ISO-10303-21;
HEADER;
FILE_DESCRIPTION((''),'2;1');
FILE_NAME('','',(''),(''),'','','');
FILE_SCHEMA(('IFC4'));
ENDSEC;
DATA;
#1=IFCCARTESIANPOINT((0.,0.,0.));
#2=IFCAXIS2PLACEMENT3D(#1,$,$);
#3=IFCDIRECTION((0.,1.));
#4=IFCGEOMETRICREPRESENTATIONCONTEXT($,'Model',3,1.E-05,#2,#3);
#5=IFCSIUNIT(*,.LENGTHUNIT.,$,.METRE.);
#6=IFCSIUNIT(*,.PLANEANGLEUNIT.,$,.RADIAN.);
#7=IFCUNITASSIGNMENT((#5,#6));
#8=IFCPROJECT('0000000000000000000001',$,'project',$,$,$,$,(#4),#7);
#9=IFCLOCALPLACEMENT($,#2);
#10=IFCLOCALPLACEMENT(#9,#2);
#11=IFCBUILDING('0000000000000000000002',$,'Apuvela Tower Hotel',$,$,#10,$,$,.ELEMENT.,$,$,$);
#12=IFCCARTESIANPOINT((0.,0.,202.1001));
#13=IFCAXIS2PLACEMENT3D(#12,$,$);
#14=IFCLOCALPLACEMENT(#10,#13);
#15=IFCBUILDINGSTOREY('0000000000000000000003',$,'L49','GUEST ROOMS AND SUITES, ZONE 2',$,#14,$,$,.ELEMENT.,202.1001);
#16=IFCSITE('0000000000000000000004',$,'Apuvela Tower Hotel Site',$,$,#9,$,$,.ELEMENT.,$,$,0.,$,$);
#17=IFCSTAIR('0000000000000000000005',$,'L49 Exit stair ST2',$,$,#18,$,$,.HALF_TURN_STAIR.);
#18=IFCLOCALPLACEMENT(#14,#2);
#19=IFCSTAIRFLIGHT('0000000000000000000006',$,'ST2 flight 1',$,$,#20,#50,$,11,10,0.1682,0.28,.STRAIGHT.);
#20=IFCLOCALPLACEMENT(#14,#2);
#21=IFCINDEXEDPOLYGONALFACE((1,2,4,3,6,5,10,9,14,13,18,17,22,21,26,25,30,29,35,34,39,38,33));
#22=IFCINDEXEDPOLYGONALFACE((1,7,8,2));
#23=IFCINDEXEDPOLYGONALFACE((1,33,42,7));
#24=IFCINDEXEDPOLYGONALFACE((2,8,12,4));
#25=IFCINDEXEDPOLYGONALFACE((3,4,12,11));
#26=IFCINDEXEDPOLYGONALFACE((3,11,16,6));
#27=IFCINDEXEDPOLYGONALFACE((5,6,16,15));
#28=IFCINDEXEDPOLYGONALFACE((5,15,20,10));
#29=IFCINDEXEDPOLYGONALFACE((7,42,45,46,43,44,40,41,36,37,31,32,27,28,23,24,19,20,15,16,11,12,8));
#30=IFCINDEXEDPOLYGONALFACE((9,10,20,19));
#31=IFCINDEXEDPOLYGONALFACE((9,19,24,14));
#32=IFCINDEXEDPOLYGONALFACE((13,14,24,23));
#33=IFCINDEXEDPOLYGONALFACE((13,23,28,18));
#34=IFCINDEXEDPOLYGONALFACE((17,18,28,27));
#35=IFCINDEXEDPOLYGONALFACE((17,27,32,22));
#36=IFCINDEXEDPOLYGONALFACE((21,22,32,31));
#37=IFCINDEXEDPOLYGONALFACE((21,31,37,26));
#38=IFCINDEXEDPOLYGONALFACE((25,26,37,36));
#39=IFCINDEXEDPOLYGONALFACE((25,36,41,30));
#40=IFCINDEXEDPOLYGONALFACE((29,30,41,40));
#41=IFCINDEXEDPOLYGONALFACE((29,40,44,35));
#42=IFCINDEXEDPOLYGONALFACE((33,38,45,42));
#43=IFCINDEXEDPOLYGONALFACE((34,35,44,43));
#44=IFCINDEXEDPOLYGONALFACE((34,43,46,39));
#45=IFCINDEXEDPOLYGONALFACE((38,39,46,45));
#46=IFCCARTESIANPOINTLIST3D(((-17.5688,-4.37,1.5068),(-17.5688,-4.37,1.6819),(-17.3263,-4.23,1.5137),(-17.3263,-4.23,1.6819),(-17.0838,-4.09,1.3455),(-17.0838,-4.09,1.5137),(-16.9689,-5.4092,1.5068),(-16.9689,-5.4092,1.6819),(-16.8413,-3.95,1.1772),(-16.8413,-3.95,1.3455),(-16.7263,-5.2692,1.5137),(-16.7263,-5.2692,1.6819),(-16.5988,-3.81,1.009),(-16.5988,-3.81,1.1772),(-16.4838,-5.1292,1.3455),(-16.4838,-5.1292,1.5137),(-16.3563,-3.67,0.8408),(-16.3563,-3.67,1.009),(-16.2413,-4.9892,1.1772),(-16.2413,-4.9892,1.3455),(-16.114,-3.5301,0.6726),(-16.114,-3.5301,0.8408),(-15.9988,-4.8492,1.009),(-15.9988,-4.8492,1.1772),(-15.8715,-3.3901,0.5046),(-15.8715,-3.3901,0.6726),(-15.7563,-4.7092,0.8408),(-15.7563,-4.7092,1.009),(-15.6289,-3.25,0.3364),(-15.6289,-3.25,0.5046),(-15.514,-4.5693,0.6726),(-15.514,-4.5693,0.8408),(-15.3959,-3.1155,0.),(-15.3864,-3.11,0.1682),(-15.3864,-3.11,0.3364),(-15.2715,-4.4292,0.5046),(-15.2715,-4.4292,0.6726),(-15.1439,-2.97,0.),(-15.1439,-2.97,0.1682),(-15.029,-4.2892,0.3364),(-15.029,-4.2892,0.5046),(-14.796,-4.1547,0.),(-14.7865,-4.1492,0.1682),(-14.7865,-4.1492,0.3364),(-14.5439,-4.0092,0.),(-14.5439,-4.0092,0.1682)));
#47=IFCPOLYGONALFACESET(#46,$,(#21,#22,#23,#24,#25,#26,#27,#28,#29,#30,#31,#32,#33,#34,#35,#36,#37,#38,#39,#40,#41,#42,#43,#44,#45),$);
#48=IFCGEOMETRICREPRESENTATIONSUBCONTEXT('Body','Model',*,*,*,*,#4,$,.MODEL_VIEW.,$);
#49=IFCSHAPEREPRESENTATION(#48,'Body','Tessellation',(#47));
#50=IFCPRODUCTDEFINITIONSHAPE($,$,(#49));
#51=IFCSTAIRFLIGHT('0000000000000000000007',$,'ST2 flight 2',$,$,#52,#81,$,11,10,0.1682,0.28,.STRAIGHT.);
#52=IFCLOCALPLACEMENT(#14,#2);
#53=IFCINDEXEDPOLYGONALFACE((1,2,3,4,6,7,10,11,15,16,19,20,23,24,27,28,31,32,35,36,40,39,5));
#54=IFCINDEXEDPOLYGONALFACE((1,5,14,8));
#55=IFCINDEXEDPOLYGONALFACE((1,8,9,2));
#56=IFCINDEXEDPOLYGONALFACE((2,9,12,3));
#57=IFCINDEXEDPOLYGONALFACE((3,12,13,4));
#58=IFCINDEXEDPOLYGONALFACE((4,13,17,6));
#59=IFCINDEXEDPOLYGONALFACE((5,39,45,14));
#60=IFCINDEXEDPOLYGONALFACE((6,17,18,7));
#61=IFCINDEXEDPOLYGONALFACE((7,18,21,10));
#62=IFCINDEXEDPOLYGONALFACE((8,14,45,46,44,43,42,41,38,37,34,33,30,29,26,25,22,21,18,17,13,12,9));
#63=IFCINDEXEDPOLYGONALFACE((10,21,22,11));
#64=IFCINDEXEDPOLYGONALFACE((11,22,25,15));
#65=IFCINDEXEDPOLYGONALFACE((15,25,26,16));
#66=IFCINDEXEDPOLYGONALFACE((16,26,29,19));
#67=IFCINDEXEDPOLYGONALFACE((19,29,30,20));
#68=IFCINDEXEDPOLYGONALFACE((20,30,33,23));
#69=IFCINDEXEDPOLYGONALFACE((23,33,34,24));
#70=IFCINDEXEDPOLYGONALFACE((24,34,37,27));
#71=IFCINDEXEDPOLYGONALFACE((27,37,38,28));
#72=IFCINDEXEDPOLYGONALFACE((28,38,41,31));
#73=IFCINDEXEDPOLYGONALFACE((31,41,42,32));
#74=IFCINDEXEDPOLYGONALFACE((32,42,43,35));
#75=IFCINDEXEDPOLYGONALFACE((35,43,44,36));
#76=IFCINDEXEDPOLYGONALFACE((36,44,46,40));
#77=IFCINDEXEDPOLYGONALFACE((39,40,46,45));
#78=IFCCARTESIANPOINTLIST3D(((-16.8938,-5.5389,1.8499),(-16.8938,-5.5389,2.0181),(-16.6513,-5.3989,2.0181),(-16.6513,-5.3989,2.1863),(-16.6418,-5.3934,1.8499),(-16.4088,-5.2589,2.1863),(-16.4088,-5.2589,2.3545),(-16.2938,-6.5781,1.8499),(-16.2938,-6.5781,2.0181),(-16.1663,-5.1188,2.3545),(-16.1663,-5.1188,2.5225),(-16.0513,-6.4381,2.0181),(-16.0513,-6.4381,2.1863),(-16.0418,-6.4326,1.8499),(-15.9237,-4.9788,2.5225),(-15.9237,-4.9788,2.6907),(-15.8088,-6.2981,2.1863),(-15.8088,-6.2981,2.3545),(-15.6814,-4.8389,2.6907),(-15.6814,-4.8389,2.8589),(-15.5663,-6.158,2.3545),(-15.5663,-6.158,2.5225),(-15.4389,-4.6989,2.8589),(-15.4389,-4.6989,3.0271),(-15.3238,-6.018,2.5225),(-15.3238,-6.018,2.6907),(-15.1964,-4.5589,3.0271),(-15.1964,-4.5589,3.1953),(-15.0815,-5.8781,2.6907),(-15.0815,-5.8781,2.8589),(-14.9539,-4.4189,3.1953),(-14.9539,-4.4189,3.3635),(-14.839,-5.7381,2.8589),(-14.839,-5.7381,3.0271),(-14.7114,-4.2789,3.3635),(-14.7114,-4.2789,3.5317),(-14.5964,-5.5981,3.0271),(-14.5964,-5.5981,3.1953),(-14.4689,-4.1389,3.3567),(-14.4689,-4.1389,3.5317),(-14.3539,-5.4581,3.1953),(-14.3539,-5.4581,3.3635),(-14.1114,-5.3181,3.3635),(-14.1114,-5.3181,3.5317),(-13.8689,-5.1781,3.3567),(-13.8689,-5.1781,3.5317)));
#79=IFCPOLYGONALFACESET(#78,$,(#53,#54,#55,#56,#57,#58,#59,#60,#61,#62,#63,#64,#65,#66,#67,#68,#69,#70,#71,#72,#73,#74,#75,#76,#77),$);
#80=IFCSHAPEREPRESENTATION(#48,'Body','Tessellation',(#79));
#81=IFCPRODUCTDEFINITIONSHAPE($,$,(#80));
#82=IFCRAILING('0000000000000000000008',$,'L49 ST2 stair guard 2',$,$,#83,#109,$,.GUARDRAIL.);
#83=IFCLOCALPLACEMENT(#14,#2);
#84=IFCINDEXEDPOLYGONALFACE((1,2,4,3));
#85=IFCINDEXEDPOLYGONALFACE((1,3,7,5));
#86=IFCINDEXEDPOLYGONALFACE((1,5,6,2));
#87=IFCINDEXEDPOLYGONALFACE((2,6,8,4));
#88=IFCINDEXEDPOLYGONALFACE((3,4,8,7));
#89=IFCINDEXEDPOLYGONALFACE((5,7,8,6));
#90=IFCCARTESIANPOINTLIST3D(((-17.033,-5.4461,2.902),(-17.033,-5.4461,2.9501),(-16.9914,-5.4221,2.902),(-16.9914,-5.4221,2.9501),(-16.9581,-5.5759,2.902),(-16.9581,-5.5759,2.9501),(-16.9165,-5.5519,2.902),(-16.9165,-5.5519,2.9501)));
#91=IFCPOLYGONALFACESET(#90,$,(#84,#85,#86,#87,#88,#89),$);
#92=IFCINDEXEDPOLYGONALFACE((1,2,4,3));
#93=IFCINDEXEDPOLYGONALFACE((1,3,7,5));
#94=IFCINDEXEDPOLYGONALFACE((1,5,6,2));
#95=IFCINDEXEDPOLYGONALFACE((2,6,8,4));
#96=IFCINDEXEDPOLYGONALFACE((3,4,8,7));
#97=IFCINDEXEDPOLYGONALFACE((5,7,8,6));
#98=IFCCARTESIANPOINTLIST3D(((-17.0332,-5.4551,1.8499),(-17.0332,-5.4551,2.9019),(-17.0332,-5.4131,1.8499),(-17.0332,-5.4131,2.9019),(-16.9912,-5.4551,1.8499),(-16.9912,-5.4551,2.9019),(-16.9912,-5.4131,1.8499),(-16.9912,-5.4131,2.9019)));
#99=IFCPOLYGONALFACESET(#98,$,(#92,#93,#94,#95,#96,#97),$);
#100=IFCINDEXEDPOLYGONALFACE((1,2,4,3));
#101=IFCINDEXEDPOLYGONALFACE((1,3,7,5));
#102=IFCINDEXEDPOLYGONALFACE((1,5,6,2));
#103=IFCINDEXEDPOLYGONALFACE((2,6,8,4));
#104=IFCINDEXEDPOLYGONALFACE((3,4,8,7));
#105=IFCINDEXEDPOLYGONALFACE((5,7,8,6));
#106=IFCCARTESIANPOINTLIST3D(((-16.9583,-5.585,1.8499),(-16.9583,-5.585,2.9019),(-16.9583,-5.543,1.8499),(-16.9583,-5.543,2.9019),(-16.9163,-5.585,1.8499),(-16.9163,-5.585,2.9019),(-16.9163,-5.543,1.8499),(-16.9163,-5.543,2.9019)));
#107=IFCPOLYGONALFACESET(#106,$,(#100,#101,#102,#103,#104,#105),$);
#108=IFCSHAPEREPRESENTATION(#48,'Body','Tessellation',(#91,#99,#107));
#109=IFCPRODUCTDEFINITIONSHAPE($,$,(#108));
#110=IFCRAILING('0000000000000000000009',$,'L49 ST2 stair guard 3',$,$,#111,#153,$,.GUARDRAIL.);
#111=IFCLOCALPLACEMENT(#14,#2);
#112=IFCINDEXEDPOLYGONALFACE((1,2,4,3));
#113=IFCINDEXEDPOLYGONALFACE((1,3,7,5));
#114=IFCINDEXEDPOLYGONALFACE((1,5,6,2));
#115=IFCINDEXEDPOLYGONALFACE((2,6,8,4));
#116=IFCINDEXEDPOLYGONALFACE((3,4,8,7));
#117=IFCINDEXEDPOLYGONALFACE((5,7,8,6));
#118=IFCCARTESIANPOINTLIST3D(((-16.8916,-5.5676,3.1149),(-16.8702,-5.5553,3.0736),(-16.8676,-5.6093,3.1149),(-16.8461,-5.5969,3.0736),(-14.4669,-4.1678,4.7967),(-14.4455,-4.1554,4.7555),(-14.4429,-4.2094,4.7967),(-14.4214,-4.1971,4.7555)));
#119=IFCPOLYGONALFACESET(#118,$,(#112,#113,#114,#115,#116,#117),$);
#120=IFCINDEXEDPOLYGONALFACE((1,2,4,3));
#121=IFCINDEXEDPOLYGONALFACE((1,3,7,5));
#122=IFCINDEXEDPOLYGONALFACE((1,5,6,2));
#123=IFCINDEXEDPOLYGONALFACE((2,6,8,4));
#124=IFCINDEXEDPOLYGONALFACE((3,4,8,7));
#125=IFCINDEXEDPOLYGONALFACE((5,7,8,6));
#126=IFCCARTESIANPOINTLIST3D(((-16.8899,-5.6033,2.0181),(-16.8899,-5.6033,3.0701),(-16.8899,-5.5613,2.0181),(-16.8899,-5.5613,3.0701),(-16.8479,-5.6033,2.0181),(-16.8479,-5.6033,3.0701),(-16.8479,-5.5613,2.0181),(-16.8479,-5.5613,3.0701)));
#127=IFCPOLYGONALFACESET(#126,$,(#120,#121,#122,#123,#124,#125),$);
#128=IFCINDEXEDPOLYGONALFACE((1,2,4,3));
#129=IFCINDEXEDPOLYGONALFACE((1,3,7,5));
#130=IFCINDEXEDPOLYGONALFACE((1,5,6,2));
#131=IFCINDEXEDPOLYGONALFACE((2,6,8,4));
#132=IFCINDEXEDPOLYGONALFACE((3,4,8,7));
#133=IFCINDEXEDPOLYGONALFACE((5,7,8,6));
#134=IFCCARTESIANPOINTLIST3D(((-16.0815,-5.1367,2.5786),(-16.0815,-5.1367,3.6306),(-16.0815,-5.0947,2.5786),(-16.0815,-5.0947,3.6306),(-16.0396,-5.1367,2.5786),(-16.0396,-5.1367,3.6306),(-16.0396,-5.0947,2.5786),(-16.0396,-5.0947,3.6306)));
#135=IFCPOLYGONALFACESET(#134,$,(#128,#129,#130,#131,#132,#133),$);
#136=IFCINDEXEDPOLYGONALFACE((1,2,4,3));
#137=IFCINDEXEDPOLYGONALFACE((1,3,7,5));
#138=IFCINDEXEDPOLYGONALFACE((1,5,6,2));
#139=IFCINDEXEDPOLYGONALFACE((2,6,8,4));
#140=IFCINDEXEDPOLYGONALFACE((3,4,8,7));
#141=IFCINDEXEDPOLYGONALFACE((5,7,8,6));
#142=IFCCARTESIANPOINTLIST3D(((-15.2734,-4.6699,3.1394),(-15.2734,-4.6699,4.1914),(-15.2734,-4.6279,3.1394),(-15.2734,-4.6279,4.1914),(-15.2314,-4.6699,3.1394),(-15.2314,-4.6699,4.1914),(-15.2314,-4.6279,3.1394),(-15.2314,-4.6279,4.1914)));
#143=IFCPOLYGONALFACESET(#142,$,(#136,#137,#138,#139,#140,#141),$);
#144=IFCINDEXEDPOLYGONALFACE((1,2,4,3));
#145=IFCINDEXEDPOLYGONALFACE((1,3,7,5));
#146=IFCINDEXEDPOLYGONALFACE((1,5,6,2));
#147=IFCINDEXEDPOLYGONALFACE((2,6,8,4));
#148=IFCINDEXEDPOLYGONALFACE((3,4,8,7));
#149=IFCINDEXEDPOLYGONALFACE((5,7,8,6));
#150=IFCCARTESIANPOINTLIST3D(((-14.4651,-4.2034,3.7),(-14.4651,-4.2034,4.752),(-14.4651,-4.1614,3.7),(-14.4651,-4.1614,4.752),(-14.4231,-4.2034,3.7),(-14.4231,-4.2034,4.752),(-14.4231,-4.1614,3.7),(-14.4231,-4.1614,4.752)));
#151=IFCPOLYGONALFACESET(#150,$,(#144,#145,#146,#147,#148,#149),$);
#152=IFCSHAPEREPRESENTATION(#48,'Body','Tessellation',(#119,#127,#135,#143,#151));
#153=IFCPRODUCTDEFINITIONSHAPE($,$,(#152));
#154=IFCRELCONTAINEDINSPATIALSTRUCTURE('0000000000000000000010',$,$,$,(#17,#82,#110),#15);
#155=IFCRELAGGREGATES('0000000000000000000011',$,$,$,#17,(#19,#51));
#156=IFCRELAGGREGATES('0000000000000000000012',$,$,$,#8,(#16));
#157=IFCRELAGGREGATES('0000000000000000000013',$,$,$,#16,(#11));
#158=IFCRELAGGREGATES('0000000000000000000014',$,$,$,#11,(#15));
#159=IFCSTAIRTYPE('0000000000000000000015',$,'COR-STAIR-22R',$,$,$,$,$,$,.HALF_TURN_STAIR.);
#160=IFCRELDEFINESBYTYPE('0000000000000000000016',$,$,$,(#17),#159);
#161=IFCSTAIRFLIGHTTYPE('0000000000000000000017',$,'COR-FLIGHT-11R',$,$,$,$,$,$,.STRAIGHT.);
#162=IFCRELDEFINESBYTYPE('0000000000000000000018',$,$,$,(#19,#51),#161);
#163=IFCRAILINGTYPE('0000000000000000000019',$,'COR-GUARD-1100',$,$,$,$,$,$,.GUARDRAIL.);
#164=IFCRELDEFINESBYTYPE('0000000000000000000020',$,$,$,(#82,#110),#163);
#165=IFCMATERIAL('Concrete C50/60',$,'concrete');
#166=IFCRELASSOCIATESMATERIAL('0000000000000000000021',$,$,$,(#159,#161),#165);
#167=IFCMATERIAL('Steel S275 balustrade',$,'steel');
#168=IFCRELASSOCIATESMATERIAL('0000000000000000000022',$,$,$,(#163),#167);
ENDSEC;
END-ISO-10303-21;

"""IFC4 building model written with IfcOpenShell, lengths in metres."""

from ifc_helpers import new_model, si_unit, direction, frame, origin, origin_2d, place, context, subcontext, project, spatial, polyline, rectangle, outline, extrude, material, type_object, element, aggregate, save


model = new_model("IFC4")

# Units and contexts
model_context = context("Model", 3, precision=1e-05, world=origin(), true_north=direction((0.0, 1.0)))
body_context = subcontext(model_context, "Body", "Model", "MODEL_VIEW")
ifc_project = project(units=[si_unit("LENGTHUNIT", "METRE"), si_unit("PLANEANGLEUNIT", "RADIAN")], contexts=[model_context])

# Site, building, storey
site_placement = place(None, origin())
site = spatial("IfcSite", under=ifc_project, at=site_placement, Name="Apuvela Tower Hotel Site", CompositionType="ELEMENT", RefElevation=0.0)
building_placement = place(site_placement, origin())
building = spatial("IfcBuilding", under=site, at=building_placement, Name="Apuvela Tower Hotel", CompositionType="ELEMENT")
storey_placement = place(building_placement, frame((0.0, 0.0, 202.1001)))
storey = spatial("IfcBuildingStorey", under=building, at=storey_placement, Name="L49", Description="GUEST ROOMS AND SUITES, ZONE 2", CompositionType="ELEMENT", Elevation=202.1001)

# Shared definitions
ifc_material_1 = material(Name="Concrete C50/60", Category="concrete")

# Stair, stair flights
stair_type = type_object("IfcStairType", Name="COR-STAIR-22R", PredefinedType="HALF_TURN_STAIR", material=ifc_material_1)
stair_placement = place(storey_placement, origin())
stair = element("IfcStair", 1, at=stair_placement, inside=storey, type_object=stair_type, Name="L49 Exit stair ST2", PredefinedType="HALF_TURN_STAIR")
stair_flight_type = type_object("IfcStairFlightType", Name="COR-FLIGHT-11R", PredefinedType="STRAIGHT", material=ifc_material_1)
stair_flight_1_placement = place(storey_placement, frame((-14.844, -3.4895, 0.0), z_axis=(0.0, 0.0, 1.0), x_axis=(-0.866025, -0.5, 0.0)))
stair_flight_1 = element("IfcStairFlight", 2, at=stair_flight_1_placement, type_object=stair_flight_type, Name="ST2 flight 1", NumberOfRisers=11, NumberOfTreads=10, PredefinedType="STRAIGHT", RiserHeight=0.1682, TreadLength=0.28, context=body_context, shape_type="SweptSolid", body=[
    extrude(outline(polyline([(0.0, 0.0), (0.0, 0.1682), (0.28, 0.1682), (0.28, 0.3364), (0.5601, 0.3364), (0.5601, 0.5046), (0.8401, 0.5046), (0.8401, 0.6726), (1.1201, 0.6726), (1.1201, 0.8408), (1.3999, 0.8408), (1.3999, 1.009), (1.6799, 1.009), (1.6799, 1.1772), (1.96, 1.1772), (1.96, 1.3455), (2.24, 1.3455), (2.24, 1.5137), (2.52, 1.5137), (2.52, 1.6819), (2.8, 1.6819), (2.8, 1.8501), (2.8, 1.5068), (0.291, 0.0), (0.0, 0.0)])), frame((0.0, 0.6001, 0.0), z_axis=(0.0, -1.0, 0.0), x_axis=(1.0, 0.0, 0.0)), (0.0, 0.0, 1.0), 1.2),
])
stair_flight_2_placement = place(storey_placement, frame((-16.5938, -6.0586, 1.8499), z_axis=(0.0, 0.0, 1.0), x_axis=(0.866025, 0.5, 0.0)))
stair_flight_2 = element("IfcStairFlight", 3, at=stair_flight_2_placement, type_object=stair_flight_type, Name="ST2 flight 2", NumberOfRisers=11, NumberOfTreads=10, PredefinedType="STRAIGHT", RiserHeight=0.1682, TreadLength=0.28, context=body_context, shape_type="SweptSolid", body=[
    extrude(outline(polyline([(0.0, 0.0), (0.0, 0.1682), (0.28, 0.1682), (0.28, 0.3364), (0.5601, 0.3364), (0.5601, 0.5046), (0.8401, 0.5046), (0.8401, 0.6726), (1.1201, 0.6726), (1.1201, 0.8408), (1.3999, 0.8408), (1.3999, 1.009), (1.6799, 1.009), (1.6799, 1.1772), (1.96, 1.1772), (1.96, 1.3455), (2.24, 1.3455), (2.24, 1.5137), (2.52, 1.5137), (2.52, 1.6819), (2.8, 1.6819), (2.8, 1.8501), (2.8, 1.5068), (0.291, 0.0), (0.0, 0.0)])), frame((0.0, 0.6001, 0.0), z_axis=(0.0, -1.0, 0.0), x_axis=(1.0, 0.0, 0.0)), (0.0, 0.0, 1.0), 1.2),
])
aggregate(stair, [stair_flight_1, stair_flight_2])

# Railings
ifc_material_2 = material(Name="Steel S275 balustrade", Category="steel")
railing_type_1 = type_object("IfcRailingType", Name="COR-GUARD-1100", PredefinedType="GUARDRAIL", material=ifc_material_2)
railing_1_placement = place(storey_placement, frame((-17.0122, -5.4341, 1.8499)))
element("IfcRailing", 4, at=railing_1_placement, inside=storey, type_object=railing_type_1, Name="L49 ST2 stair guard 2", PredefinedType="GUARDRAIL", context=body_context, shape_type="SweptSolid", body=[
    extrude(rectangle(XDim=0.0481, YDim=0.0481, at=origin_2d()), frame((0.0, 0.0, 1.0762), z_axis=(0.499816, -0.866131, 0.0), x_axis=(0.866131, 0.499816, 0.0)), (0.0, 0.0, 1.0), 0.1499),
    extrude(rectangle(XDim=0.042, YDim=0.042, at=origin_2d()), origin(), (0.0, 0.0, 1.0), 1.052),
    extrude(rectangle(XDim=0.042, YDim=0.042, at=origin_2d()), frame((0.075, -0.1299, 0.0)), (0.0, 0.0, 1.0), 1.052),
])
railing_2_placement = place(storey_placement, frame((-16.8689, -5.5823, 2.0181)))
element("IfcRailing", 5, at=railing_2_placement, inside=storey, type_object=railing_type_1, Name="L49 ST2 stair guard 3", PredefinedType="GUARDRAIL", context=body_context, shape_type="SweptSolid", body=[
    extrude(rectangle(XDim=0.0481, YDim=0.0481, at=origin_2d()), frame((0.0, 0.0, 1.0762), z_axis=(0.74239, 0.428601, 0.514934), x_axis=(-0.499984, 0.866035, 0.0)), (0.0, 0.0, 1.0), 3.2661),
    extrude(rectangle(XDim=0.042, YDim=0.042, at=origin_2d()), origin(), (0.0, 0.0, 1.0), 1.052),
    extrude(rectangle(XDim=0.042, YDim=0.042, at=origin_2d()), frame((0.8083, 0.4666, 0.5605)), (0.0, 0.0, 1.0), 1.052),
    extrude(rectangle(XDim=0.042, YDim=0.042, at=origin_2d()), frame((1.6165, 0.9333, 1.1213)), (0.0, 0.0, 1.0), 1.052),
    extrude(rectangle(XDim=0.042, YDim=0.042, at=origin_2d()), frame((2.4248, 1.3999, 1.6819)), (0.0, 0.0, 1.0), 1.052),
])

save(model, "model.ifc")
